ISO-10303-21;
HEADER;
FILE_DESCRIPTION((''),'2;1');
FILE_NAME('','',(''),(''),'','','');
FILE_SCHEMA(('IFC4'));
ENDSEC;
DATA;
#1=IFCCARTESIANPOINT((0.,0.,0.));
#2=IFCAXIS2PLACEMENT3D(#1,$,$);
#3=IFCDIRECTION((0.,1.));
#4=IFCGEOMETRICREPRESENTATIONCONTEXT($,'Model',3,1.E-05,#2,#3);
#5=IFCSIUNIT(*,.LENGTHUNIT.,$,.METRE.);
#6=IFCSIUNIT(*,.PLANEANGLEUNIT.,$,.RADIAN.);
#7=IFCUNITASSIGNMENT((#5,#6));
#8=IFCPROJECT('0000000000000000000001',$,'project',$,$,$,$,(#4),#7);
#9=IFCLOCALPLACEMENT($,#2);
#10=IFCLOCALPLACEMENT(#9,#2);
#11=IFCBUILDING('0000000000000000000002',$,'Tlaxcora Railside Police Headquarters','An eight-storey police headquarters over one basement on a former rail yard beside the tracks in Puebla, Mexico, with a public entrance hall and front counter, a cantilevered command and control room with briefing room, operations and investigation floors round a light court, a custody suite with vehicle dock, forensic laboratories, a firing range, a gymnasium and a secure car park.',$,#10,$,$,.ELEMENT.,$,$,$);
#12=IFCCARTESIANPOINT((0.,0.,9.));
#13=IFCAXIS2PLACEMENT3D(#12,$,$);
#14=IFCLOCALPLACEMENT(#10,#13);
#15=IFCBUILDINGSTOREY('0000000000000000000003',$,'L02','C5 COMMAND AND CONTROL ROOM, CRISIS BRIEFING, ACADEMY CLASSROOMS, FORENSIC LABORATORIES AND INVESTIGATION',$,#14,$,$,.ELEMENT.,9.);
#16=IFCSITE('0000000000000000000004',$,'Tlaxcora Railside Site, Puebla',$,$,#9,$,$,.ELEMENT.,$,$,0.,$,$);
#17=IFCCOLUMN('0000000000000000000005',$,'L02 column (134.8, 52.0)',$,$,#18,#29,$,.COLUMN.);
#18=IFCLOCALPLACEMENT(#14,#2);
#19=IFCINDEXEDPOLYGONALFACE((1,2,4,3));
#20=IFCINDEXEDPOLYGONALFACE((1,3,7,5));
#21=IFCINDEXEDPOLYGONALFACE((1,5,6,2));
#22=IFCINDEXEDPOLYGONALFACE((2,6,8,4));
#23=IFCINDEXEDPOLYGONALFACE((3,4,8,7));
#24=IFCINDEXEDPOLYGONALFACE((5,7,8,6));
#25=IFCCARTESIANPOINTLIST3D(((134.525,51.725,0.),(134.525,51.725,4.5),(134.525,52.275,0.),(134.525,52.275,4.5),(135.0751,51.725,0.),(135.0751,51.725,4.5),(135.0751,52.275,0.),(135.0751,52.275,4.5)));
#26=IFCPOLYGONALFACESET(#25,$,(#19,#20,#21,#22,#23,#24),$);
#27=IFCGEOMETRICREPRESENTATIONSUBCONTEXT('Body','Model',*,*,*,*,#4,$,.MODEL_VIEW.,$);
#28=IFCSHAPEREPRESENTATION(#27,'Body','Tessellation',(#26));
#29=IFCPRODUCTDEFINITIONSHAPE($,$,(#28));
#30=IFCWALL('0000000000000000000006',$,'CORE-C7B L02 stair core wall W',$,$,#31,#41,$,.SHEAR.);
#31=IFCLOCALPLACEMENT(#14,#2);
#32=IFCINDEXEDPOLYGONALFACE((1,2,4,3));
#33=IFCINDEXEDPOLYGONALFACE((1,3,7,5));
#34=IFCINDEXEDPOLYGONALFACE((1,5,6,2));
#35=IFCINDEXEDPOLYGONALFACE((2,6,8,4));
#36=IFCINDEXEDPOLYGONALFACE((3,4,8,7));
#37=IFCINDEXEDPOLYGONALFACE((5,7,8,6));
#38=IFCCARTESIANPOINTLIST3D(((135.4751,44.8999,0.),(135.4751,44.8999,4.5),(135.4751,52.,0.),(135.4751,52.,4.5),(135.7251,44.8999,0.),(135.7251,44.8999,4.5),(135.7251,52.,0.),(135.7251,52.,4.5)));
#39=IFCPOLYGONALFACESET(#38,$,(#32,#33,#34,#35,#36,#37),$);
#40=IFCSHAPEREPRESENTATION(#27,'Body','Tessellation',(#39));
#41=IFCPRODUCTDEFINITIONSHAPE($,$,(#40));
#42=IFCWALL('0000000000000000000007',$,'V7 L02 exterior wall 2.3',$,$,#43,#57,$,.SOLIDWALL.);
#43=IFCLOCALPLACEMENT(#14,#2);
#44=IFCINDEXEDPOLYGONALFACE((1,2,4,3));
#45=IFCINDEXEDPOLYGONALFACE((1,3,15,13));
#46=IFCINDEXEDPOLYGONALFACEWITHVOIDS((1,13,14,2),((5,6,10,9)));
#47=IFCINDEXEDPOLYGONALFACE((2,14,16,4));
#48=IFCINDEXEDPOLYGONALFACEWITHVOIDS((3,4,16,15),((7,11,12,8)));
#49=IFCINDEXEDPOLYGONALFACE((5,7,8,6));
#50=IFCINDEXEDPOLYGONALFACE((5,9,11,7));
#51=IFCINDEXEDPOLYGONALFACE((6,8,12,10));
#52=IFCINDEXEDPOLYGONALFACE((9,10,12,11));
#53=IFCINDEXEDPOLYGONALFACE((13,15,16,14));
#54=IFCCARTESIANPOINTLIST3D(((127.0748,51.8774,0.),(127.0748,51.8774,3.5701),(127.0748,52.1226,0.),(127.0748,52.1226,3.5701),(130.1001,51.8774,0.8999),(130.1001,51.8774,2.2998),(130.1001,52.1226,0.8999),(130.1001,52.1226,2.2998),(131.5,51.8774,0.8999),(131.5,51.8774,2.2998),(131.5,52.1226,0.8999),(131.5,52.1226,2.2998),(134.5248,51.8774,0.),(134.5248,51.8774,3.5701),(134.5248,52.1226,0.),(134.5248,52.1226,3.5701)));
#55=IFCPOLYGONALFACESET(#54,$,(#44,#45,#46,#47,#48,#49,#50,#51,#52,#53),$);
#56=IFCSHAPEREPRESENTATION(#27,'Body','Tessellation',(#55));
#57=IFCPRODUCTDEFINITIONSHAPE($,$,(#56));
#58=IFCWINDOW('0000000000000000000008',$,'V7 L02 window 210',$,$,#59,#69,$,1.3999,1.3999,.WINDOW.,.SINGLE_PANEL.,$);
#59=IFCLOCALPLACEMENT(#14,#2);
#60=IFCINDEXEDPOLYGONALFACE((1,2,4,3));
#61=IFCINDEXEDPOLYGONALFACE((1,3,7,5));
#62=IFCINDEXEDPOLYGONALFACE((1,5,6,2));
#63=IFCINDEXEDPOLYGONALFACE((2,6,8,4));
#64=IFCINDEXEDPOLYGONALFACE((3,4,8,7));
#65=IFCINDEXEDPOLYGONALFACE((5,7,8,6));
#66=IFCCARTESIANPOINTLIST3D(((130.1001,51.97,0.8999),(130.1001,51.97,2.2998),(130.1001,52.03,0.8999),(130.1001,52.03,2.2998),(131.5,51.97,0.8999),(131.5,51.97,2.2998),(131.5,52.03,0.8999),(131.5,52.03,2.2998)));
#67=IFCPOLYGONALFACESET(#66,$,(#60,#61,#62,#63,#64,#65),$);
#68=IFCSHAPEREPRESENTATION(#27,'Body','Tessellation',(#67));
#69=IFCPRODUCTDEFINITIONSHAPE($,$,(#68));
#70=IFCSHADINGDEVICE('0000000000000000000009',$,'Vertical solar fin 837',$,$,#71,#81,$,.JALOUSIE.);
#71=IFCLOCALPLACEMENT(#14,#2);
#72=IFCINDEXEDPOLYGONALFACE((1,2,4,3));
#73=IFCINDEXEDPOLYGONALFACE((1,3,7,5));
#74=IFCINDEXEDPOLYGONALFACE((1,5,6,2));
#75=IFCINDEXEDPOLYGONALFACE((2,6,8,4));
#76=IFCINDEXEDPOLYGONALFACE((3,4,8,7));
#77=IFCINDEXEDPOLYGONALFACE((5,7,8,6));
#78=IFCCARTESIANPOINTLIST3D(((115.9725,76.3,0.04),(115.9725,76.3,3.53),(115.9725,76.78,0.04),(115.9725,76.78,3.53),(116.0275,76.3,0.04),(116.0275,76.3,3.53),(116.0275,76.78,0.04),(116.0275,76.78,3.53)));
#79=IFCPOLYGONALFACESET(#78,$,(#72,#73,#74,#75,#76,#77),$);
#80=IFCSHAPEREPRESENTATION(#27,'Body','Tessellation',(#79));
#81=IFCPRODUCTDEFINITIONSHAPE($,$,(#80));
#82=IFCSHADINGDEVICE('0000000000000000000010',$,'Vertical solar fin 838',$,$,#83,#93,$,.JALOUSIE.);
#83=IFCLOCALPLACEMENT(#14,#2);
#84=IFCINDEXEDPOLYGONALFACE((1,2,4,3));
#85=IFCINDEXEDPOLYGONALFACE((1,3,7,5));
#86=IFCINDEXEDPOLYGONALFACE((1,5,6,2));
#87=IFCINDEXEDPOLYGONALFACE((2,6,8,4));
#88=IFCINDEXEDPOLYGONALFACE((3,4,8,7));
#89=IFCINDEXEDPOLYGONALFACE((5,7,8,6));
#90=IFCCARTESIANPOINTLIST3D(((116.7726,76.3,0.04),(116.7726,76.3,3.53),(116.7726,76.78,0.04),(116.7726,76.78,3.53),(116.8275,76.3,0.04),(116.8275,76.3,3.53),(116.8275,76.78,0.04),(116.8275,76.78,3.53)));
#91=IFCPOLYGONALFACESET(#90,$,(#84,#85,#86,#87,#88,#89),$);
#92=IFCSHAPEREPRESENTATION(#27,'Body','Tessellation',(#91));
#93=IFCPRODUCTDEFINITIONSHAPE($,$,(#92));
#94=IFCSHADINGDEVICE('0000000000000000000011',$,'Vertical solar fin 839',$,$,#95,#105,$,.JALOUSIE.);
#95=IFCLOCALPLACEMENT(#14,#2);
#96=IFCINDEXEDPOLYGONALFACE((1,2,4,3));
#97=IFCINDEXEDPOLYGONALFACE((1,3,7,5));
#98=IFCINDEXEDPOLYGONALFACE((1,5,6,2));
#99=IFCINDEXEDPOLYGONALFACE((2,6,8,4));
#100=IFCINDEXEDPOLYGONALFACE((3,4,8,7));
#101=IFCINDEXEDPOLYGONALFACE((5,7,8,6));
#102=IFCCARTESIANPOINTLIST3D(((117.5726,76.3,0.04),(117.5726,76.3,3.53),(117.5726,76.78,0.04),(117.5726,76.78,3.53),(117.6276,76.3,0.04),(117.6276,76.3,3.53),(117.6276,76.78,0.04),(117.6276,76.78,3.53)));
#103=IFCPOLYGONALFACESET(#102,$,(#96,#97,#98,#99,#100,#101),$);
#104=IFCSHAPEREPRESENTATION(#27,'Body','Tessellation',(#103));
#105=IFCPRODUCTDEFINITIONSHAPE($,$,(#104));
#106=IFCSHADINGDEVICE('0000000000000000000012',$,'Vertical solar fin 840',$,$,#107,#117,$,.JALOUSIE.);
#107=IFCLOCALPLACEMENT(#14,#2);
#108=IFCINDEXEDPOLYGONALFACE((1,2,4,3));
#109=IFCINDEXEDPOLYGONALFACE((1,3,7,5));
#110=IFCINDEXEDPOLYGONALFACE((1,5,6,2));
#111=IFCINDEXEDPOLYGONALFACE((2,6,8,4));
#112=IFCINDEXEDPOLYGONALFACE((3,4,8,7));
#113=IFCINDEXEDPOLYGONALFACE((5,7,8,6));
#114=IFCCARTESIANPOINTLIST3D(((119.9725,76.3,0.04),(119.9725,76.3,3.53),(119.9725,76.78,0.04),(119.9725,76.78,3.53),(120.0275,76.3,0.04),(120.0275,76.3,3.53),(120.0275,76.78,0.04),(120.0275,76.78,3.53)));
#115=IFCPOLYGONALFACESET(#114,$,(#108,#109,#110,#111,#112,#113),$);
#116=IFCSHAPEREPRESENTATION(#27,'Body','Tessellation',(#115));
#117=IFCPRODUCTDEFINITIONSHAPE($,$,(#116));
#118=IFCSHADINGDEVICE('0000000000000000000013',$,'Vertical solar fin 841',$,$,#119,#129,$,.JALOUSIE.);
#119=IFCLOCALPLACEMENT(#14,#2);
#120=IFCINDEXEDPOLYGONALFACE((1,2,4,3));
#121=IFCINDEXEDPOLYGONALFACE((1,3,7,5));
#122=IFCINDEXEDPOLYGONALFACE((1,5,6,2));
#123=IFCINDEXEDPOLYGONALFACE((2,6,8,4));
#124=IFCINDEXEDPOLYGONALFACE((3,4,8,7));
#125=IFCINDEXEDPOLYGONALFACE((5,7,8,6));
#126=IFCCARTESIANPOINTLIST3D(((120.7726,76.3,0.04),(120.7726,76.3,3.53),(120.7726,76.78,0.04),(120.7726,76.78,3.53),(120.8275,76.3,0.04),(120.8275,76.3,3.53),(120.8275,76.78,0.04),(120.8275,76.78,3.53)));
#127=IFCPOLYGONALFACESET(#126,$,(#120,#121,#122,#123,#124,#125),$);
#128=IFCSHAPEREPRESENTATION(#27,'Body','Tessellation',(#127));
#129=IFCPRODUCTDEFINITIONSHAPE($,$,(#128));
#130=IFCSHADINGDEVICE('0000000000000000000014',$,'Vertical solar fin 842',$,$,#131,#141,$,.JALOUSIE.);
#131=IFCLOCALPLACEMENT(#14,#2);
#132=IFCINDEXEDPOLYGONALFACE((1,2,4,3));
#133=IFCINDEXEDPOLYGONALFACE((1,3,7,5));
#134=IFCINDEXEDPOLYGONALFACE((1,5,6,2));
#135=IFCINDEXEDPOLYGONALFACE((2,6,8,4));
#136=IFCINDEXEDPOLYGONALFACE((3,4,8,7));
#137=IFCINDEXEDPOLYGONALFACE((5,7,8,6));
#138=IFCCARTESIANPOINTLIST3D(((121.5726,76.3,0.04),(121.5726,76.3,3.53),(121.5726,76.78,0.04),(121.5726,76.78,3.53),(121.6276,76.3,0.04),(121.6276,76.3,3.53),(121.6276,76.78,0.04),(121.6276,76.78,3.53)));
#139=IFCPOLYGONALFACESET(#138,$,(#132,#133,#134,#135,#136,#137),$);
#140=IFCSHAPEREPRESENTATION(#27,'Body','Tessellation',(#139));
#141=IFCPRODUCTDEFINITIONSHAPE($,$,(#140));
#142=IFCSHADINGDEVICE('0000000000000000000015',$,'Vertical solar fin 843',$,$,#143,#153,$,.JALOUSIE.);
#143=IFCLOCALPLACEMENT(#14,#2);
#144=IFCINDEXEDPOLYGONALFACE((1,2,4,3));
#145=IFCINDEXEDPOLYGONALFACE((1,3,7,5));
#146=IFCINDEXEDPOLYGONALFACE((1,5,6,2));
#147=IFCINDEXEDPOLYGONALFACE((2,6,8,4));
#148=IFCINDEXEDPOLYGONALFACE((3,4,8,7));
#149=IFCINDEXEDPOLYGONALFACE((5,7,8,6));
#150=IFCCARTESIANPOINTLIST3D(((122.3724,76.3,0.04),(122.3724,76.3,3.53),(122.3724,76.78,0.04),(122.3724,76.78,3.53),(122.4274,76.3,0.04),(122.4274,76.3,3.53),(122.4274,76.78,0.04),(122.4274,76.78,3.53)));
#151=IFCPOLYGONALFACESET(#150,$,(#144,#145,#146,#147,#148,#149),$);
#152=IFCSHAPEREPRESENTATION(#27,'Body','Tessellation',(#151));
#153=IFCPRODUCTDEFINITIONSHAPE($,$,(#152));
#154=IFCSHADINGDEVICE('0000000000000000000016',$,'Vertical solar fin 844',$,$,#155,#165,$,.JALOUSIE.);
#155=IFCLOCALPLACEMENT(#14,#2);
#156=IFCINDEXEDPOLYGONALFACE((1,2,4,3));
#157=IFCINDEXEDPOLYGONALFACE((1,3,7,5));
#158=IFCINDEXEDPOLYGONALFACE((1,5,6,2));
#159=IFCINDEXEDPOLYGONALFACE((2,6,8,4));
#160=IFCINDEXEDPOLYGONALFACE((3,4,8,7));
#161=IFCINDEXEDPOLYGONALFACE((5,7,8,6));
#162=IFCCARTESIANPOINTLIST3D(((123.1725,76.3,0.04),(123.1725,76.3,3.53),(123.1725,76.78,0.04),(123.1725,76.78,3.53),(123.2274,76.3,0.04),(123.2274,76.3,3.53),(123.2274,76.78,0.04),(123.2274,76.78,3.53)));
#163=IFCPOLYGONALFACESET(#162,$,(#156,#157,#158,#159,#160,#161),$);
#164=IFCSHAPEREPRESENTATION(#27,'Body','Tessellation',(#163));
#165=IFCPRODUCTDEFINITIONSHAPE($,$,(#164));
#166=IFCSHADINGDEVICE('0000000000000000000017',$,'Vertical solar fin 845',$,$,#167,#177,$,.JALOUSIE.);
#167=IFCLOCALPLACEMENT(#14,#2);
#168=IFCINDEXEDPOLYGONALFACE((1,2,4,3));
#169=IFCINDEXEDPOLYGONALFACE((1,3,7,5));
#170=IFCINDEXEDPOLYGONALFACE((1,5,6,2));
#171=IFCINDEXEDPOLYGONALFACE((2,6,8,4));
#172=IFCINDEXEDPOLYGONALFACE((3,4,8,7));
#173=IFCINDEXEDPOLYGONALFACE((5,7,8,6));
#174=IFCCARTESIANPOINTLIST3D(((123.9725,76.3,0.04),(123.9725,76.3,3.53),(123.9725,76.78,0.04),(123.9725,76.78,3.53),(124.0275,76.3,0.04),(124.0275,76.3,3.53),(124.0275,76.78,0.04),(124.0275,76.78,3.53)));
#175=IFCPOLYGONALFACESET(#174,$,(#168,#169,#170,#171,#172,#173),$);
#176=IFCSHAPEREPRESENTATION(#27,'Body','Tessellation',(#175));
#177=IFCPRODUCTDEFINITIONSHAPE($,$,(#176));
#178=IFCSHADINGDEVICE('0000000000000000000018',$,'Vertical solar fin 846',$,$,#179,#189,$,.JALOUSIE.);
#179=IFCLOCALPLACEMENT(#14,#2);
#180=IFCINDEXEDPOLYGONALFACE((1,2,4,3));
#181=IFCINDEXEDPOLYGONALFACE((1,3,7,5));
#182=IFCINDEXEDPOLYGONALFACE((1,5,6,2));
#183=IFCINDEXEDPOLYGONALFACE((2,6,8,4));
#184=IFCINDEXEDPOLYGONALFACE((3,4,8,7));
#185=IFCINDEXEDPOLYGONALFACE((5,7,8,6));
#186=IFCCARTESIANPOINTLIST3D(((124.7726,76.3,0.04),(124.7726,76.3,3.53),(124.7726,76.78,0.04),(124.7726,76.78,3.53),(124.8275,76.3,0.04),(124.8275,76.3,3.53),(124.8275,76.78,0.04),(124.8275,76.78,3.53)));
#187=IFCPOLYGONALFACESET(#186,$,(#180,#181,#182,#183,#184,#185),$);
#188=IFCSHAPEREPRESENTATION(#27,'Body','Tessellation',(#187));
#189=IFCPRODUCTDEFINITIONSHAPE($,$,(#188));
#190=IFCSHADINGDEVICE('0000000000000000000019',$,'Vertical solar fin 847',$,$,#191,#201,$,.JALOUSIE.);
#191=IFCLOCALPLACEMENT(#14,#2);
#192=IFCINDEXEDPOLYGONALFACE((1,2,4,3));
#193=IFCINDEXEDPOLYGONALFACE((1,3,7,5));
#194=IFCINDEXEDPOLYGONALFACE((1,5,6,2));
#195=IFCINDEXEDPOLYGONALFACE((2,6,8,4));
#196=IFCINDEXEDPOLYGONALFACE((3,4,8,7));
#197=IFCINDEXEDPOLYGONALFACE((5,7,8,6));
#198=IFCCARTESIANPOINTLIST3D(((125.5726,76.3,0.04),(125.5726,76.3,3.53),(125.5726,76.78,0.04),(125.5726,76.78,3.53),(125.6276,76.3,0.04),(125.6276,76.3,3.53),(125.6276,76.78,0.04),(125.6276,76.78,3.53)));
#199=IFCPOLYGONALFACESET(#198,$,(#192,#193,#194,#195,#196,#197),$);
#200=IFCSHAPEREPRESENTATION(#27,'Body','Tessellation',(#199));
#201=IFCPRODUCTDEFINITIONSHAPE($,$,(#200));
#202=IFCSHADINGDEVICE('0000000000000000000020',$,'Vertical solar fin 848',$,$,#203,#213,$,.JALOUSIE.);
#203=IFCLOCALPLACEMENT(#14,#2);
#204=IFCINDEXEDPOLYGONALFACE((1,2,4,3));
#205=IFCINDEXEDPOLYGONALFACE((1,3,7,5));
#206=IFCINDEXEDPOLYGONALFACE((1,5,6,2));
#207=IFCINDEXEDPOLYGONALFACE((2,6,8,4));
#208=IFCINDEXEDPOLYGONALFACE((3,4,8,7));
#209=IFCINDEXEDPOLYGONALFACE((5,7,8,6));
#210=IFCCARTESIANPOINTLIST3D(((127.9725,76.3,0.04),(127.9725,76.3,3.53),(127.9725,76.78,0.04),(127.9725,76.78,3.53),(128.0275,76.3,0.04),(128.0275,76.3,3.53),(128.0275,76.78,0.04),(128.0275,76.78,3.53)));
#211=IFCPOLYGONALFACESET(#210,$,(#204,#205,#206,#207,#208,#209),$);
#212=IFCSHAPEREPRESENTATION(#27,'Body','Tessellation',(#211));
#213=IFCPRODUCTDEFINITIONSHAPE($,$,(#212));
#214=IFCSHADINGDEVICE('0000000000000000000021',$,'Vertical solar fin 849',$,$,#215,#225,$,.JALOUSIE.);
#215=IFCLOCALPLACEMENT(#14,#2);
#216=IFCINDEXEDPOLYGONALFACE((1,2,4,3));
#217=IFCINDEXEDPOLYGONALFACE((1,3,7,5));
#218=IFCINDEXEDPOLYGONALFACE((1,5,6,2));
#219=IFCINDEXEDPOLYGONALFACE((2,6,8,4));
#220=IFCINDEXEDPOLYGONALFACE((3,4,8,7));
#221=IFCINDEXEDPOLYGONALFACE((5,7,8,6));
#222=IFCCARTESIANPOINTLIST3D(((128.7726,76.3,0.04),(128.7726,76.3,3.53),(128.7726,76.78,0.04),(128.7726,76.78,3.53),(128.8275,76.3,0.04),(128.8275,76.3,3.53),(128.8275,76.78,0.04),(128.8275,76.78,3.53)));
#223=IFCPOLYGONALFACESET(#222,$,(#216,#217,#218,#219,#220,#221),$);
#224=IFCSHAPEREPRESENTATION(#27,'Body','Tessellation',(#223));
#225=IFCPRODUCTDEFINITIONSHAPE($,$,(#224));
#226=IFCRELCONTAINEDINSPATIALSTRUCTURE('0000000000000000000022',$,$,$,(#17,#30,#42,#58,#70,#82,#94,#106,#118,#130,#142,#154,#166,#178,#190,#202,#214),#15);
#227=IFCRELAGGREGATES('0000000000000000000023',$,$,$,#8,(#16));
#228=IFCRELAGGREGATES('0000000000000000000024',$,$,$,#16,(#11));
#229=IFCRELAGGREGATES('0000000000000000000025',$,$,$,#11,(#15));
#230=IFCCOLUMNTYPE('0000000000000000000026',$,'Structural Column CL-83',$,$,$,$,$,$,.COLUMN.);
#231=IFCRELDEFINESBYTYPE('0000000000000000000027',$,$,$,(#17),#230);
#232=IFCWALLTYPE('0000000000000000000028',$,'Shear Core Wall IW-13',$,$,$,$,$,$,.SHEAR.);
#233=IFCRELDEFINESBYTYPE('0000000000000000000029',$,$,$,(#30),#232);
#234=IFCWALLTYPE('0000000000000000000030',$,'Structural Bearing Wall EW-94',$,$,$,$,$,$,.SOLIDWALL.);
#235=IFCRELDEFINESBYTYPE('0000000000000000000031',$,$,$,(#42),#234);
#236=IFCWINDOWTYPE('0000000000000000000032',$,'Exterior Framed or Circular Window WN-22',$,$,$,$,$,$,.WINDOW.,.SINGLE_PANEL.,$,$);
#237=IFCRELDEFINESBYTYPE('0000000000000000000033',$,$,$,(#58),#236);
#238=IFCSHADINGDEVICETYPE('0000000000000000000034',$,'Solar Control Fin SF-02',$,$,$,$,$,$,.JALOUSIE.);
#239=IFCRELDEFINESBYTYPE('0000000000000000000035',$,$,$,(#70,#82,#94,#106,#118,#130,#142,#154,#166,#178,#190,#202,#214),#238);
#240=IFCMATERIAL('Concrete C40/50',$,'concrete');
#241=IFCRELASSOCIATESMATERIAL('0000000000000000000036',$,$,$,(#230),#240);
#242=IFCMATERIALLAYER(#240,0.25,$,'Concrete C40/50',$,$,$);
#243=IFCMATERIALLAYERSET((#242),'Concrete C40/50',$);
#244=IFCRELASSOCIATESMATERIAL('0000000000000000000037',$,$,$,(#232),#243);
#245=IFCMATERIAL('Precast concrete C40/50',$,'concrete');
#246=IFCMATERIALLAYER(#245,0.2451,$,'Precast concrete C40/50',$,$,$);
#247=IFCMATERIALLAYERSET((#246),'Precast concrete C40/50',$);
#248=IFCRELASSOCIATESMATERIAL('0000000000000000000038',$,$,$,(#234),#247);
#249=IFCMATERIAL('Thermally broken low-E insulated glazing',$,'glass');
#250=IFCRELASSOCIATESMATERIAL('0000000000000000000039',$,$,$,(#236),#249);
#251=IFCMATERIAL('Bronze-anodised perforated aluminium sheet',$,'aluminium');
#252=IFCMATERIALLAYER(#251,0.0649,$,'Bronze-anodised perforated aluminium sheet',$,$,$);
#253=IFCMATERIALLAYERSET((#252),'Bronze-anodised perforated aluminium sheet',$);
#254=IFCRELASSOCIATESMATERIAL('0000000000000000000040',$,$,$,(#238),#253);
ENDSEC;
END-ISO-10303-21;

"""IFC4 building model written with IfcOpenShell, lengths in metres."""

from ifc_helpers import new_model, si_unit, direction, frame, frame_2d, origin, origin_2d, place, context, subcontext, project, spatial, rectangle, extrude, material, layer, layer_set, material_profile, profile_set, type_object, element, fill, save


model = new_model("IFC4")

# Units and contexts
model_context = context("Model", 3, precision=1e-05, world=origin(), true_north=direction((0.0, 1.0)))
body_context = subcontext(model_context, "Body", "Model", "MODEL_VIEW")
ifc_project = project(units=[si_unit("LENGTHUNIT", "METRE"), si_unit("PLANEANGLEUNIT", "RADIAN")], contexts=[model_context])

# Site, building, storey
site_placement = place(None, origin())
site = spatial("IfcSite", under=ifc_project, at=site_placement, Name="Tlaxcora Railside Site, Puebla", CompositionType="ELEMENT", RefElevation=0.0)
building_placement = place(site_placement, origin())
building = spatial("IfcBuilding", under=site, at=building_placement, Name="Tlaxcora Railside Police Headquarters", Description="An eight-storey police headquarters over one basement on a former rail yard beside the tracks in Puebla, Mexico, with a public entrance hall and front counter, a cantilevered command and control room with briefing room, operations and investigation floors round a light court, a custody suite with vehicle dock, forensic laboratories, a firing range, a gymnasium and a secure car park.", CompositionType="ELEMENT")
storey_placement = place(building_placement, frame((0.0, 0.0, 9.0)))
storey = spatial("IfcBuildingStorey", under=building, at=storey_placement, Name="L02", Description="C5 COMMAND AND CONTROL ROOM, CRISIS BRIEFING, ACADEMY CLASSROOMS, FORENSIC LABORATORIES AND INVESTIGATION", CompositionType="ELEMENT", Elevation=9.0)

# Column
ifc_material_1 = material(Name="Concrete C40/50", Category="concrete")
ifc_material_profile = material_profile(ifc_material_1, rectangle(XDim=0.55, YDim=0.55, at=origin_2d()), Name="RC550X550")
ifc_profile_set = profile_set([ifc_material_profile], Name="Concrete C40/50")
column_type = type_object("IfcColumnType", Name="Structural Column CL-83", PredefinedType="COLUMN", material=ifc_profile_set)
column_placement = place(storey_placement, frame((134.8, 52.0, 0.0), z_axis=(0.0, 0.0, 1.0), x_axis=(1.0, 0.0, 0.0)))
element("IfcColumn", 1, at=column_placement, inside=storey, type_object=column_type, Name="L02 column (134.8, 52.0)", PredefinedType="COLUMN", context=body_context, shape_type="SweptSolid", body=[
    extrude(rectangle(XDim=0.55, YDim=0.55, at=origin_2d()), origin(), (0.0, 0.0, 1.0), 4.5),
])

# Wall
ifc_layer_1 = layer(ifc_material_1, 0.25, Name="Concrete C40/50")
ifc_layer_set_1 = layer_set([ifc_layer_1], Name="Concrete C40/50")
wall_type_1 = type_object("IfcWallType", Name="Shear Core Wall IW-13", PredefinedType="SHEAR", material=ifc_layer_set_1)
wall_1_placement = place(storey_placement, frame((135.6001, 52.0, 0.0), z_axis=(0.0, 0.0, 1.0), x_axis=(0.0, -1.0, 0.0)))
element("IfcWall", 2, at=wall_1_placement, inside=storey, type_object=wall_type_1, Name="CORE-C7B L02 stair core wall W", PredefinedType="SHEAR", context=body_context, shape_type="SweptSolid", body=[
    extrude(rectangle(XDim=7.1001, YDim=0.25, at=frame_2d((3.55, 0.0))), origin(), (0.0, 0.0, 1.0), 4.5),
])

# Wall, opening, window
ifc_material_2 = material(Name="Precast concrete C40/50", Category="concrete")
ifc_layer_2 = layer(ifc_material_2, 0.2451, Name="Precast concrete C40/50")
ifc_layer_set_2 = layer_set([ifc_layer_2], Name="Precast concrete C40/50")
wall_type_2 = type_object("IfcWallType", Name="Structural Bearing Wall EW-94", PredefinedType="SOLIDWALL", material=ifc_layer_set_2)
wall_2_placement = place(storey_placement, frame((134.5249, 52.0, 0.0), z_axis=(0.0, 0.0, 1.0), x_axis=(-1.0, 0.0, 0.0)))
wall_2 = element("IfcWall", 3, at=wall_2_placement, inside=storey, type_object=wall_type_2, Name="V7 L02 exterior wall 2.3", PredefinedType="SOLIDWALL", context=body_context, shape_type="SweptSolid", body=[
    extrude(rectangle(XDim=7.45, YDim=0.2451, at=frame_2d((3.7251, 0.0))), origin(), (0.0, 0.0, 1.0), 3.5701),
])
opening_placement = place(wall_2_placement, frame((3.0249, 0.0, 0.8999)))
opening = element("IfcOpeningElement", 4, at=opening_placement, cuts=wall_2, PredefinedType="OPENING", context=body_context, shape_type="SweptSolid", body=[
    extrude(rectangle(XDim=1.3999, YDim=1.3999, at=frame_2d((0.7, 0.7))), frame((0.0, 0.1326, 0.0), z_axis=(0.0, -1.0, 0.0), x_axis=(1.0, 0.0, 0.0)), (0.0, 0.0, 1.0), 0.2651),
])
ifc_material_3 = material(Name="Thermally broken low-E insulated glazing", Category="glass")
window_type = type_object("IfcWindowType", Name="Exterior Framed or Circular Window WN-22", PartitioningType="SINGLE_PANEL", PredefinedType="WINDOW", material=ifc_material_3)
window_placement = place(opening_placement, origin())
window = element("IfcWindow", 5, at=window_placement, inside=storey, type_object=window_type, Name="V7 L02 window 210", OverallHeight=1.3999, OverallWidth=1.3999, PartitioningType="SINGLE_PANEL", PredefinedType="WINDOW", context=body_context, shape_type="SweptSolid", body=[
    extrude(rectangle(XDim=1.3999, YDim=1.3999, at=frame_2d((0.7, 0.7))), frame((0.0, 0.03, 0.0), z_axis=(0.0, -1.0, 0.0), x_axis=(1.0, 0.0, 0.0)), (0.0, 0.0, 1.0), 0.0601),
])
fill(opening, window)

# Shading devices
ifc_material_4 = material(Name="Bronze-anodised perforated aluminium sheet", Category="aluminium")
ifc_layer_3 = layer(ifc_material_4, 0.0649, Name="Bronze-anodised perforated aluminium sheet")
ifc_layer_set_3 = layer_set([ifc_layer_3], Name="Bronze-anodised perforated aluminium sheet")
shading_device_type = type_object("IfcShadingDeviceType", Name="Solar Control Fin SF-02", PredefinedType="JALOUSIE", material=ifc_layer_set_3)
for number, where, z_axis, x_axis, name in (
    (6, (116.0, 76.54, 0.04), (0.0, 0.0, 1.0), (0.0, -1.0, 0.0), "Vertical solar fin 837"),
    (7, (116.8, 76.54, 0.04), (0.0, 0.0, 1.0), (0.0, -1.0, 0.0), "Vertical solar fin 838"),
    (8, (117.6001, 76.54, 0.04), (0.0, 0.0, 1.0), (0.0, -1.0, 0.0), "Vertical solar fin 839"),
    (9, (120.0, 76.54, 0.04), (0.0, 0.0, 1.0), (0.0, -1.0, 0.0), "Vertical solar fin 840"),
    (10, (120.8, 76.54, 0.04), (0.0, 0.0, 1.0), (0.0, -1.0, 0.0), "Vertical solar fin 841"),
    (11, (121.6001, 76.54, 0.04), (0.0, 0.0, 1.0), (0.0, -1.0, 0.0), "Vertical solar fin 842"),
    (12, (122.3999, 76.54, 0.04), (0.0, 0.0, 1.0), (0.0, -1.0, 0.0), "Vertical solar fin 843"),
    (13, (123.2, 76.54, 0.04), (0.0, 0.0, 1.0), (0.0, -1.0, 0.0), "Vertical solar fin 844"),
    (14, (124.0, 76.54, 0.04), (0.0, 0.0, 1.0), (0.0, -1.0, 0.0), "Vertical solar fin 845"),
    (15, (124.8, 76.54, 0.04), (0.0, 0.0, 1.0), (0.0, -1.0, 0.0), "Vertical solar fin 846"),
    (16, (125.6001, 76.54, 0.04), (0.0, 0.0, 1.0), (0.0, -1.0, 0.0), "Vertical solar fin 847"),
    (17, (128.0, 76.54, 0.04), (0.0, 0.0, 1.0), (0.0, -1.0, 0.0), "Vertical solar fin 848"),
    (18, (128.8, 76.54, 0.04), (0.0, 0.0, 1.0), (0.0, -1.0, 0.0), "Vertical solar fin 849"),
):
    element("IfcShadingDevice", number, at=place(storey_placement, frame(where, z_axis=z_axis, x_axis=x_axis)), inside=storey, type_object=shading_device_type, Name=name, PredefinedType="JALOUSIE", context=body_context, shape_type="SweptSolid", body=[
        extrude(rectangle(XDim=0.48, YDim=0.0549, at=origin_2d()), origin(), (0.0, 0.0, 1.0), 3.49),
    ])

save(model, "model.ifc")
